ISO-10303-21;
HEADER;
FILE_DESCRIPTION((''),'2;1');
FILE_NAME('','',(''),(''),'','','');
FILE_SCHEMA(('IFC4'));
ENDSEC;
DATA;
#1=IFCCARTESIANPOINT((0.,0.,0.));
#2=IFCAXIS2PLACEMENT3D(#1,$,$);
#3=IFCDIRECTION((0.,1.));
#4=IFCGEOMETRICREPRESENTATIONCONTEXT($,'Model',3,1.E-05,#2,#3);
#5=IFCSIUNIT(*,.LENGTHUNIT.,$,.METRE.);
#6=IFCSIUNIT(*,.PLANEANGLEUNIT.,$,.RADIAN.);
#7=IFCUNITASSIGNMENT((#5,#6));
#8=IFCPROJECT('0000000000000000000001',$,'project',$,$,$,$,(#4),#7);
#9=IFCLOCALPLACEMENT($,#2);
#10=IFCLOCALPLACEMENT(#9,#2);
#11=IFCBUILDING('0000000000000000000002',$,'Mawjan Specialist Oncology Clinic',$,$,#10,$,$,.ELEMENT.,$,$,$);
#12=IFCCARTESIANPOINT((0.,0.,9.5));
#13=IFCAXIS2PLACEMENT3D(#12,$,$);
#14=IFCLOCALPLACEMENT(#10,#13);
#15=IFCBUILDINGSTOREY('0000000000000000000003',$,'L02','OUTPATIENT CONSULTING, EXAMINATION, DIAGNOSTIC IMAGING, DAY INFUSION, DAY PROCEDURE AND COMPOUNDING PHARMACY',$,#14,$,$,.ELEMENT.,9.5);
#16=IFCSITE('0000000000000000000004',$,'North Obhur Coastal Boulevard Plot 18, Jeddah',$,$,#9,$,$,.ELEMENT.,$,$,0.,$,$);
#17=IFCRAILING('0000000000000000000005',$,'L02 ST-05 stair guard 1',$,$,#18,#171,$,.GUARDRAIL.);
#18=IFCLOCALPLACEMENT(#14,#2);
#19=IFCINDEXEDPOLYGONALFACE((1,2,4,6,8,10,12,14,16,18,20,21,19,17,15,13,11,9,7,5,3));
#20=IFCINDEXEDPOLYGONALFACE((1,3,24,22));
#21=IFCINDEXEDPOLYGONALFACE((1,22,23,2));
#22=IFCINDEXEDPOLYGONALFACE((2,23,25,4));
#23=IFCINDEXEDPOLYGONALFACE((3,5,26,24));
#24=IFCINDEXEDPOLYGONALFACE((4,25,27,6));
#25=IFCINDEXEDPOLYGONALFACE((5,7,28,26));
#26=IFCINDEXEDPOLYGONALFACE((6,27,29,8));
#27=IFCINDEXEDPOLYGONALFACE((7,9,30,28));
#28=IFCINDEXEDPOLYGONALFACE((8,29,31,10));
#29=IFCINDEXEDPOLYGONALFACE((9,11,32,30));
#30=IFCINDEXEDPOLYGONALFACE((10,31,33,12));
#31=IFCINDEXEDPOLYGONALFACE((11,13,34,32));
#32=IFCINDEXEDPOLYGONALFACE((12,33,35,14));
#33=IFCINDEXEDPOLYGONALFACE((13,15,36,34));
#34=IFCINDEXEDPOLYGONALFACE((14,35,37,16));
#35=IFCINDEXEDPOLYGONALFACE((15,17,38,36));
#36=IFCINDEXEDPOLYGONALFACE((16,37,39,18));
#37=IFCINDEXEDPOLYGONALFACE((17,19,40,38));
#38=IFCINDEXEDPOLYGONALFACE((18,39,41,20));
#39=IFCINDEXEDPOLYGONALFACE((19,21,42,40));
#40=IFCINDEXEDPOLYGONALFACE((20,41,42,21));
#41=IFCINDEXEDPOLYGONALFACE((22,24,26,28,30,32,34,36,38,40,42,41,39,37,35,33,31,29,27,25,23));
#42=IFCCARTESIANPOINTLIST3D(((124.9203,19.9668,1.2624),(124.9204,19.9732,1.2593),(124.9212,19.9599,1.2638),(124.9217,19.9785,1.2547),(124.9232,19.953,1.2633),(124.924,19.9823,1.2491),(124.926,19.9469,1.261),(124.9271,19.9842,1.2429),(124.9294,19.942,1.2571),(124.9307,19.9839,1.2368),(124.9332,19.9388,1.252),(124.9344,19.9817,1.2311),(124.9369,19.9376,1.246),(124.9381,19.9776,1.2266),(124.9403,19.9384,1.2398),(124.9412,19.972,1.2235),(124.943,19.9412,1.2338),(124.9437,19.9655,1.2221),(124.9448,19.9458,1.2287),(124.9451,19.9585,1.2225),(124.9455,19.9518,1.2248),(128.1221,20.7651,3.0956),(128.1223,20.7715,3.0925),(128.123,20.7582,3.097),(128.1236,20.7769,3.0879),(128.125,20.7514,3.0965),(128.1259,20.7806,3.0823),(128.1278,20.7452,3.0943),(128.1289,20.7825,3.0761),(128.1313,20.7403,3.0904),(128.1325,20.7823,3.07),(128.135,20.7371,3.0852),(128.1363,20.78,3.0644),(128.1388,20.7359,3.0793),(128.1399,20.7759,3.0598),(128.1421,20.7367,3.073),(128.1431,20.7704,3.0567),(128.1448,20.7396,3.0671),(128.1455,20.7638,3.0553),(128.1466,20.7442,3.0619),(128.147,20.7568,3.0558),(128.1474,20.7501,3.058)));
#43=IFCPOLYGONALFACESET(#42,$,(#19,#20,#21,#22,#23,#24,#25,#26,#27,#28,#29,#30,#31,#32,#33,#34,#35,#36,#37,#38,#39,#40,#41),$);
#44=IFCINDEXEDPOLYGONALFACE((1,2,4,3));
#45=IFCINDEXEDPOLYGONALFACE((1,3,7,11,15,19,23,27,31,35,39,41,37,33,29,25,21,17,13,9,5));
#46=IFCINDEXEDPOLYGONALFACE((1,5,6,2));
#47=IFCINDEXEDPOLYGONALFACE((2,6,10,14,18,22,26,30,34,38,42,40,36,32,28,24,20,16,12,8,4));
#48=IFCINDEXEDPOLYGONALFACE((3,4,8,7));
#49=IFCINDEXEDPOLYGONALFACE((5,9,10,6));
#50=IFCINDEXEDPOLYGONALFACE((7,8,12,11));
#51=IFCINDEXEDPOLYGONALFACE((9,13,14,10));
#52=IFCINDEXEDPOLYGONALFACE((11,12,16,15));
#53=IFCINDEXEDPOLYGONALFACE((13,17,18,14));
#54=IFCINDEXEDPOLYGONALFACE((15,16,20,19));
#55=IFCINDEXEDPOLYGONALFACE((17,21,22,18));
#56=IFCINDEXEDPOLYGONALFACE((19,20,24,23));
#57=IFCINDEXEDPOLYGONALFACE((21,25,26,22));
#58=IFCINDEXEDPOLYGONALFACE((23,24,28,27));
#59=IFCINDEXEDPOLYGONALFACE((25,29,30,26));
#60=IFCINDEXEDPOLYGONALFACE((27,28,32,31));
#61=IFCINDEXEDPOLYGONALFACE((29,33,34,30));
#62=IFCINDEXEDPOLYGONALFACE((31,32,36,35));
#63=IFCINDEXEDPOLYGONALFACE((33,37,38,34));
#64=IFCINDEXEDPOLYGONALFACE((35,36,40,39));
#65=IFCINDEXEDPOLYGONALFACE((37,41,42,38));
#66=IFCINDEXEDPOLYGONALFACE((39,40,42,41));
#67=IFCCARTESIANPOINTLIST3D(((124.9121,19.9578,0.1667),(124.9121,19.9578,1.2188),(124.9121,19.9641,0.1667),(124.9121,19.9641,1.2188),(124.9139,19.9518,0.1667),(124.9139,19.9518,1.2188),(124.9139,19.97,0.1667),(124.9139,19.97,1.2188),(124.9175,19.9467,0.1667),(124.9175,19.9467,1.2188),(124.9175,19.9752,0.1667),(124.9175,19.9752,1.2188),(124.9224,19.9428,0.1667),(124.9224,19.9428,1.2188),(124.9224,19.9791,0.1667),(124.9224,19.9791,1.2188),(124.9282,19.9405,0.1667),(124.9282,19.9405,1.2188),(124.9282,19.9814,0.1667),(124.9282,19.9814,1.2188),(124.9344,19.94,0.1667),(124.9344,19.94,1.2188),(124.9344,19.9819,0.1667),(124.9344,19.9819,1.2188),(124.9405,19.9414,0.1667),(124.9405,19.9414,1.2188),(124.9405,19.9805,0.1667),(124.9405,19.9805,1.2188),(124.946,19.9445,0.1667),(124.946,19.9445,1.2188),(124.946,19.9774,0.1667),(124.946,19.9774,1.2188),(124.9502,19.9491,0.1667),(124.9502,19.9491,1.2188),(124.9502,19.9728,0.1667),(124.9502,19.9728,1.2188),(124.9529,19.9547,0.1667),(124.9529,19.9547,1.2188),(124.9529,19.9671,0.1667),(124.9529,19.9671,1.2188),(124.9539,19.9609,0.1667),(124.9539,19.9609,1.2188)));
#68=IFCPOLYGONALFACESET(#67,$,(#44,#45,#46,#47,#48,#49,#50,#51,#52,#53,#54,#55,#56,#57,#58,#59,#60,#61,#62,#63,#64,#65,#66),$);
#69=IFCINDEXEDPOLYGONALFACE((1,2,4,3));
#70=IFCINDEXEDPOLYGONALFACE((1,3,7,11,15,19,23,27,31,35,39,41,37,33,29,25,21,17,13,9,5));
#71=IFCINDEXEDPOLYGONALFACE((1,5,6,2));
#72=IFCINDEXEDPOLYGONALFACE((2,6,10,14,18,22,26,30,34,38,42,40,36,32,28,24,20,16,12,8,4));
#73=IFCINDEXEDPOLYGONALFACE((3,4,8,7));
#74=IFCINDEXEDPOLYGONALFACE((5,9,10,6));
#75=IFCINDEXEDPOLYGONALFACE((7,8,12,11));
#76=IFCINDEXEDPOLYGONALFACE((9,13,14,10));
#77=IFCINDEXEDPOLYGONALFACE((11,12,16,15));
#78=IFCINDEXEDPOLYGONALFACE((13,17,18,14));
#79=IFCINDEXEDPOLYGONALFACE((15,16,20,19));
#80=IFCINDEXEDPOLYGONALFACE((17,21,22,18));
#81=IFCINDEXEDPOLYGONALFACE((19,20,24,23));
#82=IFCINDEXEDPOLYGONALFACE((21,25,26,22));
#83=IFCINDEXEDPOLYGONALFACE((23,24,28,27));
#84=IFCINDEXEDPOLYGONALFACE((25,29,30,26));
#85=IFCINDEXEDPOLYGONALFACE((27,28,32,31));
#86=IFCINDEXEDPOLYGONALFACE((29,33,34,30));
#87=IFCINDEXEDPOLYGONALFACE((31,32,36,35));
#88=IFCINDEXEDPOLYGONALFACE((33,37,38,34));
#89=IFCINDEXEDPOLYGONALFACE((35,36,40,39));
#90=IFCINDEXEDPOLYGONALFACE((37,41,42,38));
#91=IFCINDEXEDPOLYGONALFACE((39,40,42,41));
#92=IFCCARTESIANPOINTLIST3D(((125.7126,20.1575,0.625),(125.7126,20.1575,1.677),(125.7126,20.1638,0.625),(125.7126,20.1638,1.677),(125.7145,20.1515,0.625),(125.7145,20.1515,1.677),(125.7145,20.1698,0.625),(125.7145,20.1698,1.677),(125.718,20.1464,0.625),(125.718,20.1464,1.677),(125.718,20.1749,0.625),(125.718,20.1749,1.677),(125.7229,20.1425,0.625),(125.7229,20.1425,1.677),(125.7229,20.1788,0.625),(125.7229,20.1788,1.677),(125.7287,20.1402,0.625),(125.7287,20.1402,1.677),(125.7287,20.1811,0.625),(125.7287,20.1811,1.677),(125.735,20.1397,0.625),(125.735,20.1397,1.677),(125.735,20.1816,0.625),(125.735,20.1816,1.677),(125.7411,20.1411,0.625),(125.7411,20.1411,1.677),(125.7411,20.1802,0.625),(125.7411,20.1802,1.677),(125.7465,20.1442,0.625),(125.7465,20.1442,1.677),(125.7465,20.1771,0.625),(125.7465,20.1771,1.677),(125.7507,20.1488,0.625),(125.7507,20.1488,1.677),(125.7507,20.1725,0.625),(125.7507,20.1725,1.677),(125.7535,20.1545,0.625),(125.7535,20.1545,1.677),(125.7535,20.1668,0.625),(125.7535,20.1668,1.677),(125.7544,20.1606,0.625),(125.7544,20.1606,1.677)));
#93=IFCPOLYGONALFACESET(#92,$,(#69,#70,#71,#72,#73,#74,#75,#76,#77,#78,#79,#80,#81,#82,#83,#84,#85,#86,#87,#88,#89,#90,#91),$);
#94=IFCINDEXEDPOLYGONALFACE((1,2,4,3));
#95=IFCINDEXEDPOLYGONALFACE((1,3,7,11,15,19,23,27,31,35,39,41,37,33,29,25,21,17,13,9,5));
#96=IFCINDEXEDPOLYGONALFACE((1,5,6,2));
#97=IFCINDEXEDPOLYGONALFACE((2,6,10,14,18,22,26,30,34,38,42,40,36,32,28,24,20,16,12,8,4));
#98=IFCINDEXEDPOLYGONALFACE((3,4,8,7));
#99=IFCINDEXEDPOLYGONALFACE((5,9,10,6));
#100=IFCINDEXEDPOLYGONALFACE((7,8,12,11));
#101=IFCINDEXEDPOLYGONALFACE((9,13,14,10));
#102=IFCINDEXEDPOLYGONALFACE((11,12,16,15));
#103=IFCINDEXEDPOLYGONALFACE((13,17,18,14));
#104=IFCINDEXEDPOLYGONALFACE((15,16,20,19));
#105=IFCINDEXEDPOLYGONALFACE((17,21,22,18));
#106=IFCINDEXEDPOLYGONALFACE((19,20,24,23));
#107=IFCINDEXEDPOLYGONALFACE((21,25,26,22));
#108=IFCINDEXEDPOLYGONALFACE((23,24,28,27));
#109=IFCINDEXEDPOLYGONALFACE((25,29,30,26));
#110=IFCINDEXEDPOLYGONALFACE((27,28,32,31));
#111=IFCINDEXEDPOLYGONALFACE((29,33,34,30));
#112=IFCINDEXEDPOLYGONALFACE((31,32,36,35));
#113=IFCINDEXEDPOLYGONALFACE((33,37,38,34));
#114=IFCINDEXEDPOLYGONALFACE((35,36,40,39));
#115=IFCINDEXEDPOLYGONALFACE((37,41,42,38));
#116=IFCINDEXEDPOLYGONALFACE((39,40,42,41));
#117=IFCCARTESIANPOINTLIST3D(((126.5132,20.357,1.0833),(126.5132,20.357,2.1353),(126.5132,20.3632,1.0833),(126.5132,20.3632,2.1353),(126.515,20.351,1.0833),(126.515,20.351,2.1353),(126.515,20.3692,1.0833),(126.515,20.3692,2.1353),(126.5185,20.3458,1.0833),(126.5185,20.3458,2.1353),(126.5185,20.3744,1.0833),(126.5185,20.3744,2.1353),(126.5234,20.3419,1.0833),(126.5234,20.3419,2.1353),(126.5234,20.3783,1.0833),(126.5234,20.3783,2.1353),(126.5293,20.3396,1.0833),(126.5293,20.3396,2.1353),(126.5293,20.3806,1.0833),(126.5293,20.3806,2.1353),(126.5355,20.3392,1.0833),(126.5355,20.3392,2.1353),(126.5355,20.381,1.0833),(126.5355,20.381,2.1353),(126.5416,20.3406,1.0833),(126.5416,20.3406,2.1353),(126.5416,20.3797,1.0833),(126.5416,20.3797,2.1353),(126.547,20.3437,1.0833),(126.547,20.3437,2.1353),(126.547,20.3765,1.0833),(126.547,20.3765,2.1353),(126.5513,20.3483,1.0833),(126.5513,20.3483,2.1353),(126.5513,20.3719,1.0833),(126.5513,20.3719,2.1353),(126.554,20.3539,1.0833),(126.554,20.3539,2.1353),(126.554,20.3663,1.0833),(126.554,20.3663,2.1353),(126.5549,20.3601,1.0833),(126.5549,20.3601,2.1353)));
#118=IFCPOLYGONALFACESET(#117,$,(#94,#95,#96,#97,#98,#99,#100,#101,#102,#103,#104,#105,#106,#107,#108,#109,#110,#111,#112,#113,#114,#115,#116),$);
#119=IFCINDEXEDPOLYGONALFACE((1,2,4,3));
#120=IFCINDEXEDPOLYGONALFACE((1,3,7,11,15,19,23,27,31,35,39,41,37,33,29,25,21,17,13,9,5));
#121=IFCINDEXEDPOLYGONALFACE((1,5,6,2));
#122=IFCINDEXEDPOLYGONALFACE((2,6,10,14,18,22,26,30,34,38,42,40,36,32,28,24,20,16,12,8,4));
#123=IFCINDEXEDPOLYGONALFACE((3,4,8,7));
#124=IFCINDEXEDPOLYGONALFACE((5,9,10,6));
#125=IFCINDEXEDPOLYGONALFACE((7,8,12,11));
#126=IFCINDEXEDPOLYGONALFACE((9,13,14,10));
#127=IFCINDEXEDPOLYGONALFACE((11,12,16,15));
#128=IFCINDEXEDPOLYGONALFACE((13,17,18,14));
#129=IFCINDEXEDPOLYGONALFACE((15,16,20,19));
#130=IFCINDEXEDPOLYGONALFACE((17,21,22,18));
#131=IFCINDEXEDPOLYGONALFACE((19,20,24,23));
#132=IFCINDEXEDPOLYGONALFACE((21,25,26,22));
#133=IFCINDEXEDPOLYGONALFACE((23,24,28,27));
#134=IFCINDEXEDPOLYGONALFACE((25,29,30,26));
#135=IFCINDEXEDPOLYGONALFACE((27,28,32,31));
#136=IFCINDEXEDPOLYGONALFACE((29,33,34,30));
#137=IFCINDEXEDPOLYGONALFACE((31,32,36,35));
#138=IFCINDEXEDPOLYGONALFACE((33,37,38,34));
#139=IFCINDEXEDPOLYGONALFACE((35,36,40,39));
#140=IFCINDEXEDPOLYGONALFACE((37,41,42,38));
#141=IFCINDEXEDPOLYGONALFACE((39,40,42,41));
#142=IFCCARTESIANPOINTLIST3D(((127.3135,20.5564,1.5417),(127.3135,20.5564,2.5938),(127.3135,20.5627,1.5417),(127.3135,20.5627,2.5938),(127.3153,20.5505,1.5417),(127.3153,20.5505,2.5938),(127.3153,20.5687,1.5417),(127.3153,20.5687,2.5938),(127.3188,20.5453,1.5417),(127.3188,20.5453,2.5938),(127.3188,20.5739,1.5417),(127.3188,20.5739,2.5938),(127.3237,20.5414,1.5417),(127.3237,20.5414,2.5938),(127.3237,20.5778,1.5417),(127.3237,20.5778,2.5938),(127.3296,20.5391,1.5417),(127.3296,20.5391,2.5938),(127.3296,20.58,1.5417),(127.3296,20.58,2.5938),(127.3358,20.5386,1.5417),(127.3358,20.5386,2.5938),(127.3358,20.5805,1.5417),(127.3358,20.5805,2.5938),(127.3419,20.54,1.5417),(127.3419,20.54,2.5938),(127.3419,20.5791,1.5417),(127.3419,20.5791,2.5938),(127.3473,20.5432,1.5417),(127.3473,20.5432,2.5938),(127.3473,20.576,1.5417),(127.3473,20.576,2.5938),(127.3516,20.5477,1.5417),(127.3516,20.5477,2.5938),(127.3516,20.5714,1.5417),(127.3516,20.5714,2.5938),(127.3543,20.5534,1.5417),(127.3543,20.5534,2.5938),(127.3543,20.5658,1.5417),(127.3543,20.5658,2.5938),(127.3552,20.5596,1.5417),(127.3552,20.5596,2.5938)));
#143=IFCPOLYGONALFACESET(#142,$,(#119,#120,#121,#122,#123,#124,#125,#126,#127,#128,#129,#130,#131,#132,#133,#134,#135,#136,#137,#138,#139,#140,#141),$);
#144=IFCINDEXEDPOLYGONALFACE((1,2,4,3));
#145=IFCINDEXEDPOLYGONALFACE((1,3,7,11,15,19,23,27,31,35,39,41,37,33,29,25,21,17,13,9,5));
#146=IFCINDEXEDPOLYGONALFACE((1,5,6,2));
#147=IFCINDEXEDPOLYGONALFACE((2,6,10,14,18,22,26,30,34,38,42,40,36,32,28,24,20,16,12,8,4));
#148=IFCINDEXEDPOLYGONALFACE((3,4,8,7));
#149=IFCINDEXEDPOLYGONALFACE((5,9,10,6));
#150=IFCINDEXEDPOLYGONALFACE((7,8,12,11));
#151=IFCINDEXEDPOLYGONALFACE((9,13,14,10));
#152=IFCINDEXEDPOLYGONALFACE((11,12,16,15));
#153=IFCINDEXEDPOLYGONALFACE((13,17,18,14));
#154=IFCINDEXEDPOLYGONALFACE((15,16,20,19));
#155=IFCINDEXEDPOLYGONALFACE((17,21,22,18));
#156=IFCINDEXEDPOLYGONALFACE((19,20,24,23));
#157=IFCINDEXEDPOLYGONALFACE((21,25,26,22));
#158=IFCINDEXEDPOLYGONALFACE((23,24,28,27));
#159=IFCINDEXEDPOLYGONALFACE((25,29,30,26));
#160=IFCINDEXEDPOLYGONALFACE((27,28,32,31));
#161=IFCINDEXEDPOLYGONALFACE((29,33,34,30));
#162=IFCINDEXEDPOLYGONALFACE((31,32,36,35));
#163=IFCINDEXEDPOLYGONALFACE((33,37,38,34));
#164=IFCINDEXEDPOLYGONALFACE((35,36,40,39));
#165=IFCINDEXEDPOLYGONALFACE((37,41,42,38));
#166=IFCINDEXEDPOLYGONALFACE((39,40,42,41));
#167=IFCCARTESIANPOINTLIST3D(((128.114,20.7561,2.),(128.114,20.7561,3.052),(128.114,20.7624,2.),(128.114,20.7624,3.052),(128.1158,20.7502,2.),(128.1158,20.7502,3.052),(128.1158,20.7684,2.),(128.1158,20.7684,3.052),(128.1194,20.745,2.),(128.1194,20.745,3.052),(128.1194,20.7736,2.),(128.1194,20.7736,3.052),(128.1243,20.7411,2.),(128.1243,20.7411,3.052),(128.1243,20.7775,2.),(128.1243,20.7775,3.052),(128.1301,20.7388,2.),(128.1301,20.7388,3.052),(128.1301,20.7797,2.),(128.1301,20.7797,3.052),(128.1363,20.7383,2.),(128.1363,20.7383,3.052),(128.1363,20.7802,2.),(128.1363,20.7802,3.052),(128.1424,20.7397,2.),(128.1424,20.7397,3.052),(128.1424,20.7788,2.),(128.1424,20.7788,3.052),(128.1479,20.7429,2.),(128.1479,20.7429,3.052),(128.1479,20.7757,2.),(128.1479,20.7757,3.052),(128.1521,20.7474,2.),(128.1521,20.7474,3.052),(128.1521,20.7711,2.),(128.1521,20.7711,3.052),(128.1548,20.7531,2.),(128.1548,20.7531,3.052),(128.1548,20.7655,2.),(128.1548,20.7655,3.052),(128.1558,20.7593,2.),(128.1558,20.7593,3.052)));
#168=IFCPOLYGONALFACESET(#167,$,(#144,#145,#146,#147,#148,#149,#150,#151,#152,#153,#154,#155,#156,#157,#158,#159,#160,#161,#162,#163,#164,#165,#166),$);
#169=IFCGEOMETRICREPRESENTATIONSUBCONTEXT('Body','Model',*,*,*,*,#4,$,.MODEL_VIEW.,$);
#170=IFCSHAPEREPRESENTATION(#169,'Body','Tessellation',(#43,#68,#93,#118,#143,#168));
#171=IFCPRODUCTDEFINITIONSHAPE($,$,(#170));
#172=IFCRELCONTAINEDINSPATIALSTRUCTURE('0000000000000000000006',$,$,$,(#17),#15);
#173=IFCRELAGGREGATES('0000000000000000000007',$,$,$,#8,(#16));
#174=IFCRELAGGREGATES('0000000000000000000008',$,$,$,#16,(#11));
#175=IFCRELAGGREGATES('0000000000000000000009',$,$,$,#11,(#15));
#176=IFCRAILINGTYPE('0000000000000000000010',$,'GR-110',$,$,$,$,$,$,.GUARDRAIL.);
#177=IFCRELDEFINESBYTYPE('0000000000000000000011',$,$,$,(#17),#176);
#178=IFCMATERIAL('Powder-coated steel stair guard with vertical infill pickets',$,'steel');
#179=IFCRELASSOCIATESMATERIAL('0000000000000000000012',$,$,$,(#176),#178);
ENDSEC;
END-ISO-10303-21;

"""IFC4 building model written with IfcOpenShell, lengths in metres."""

from ifc_helpers import new_model, si_unit, direction, frame, origin, origin_2d, place, context, subcontext, project, spatial, circle, extrude, material, type_object, element, save


model = new_model("IFC4")

# Units and contexts
model_context = context("Model", 3, precision=1e-05, world=origin(), true_north=direction((0.0, 1.0)))
body_context = subcontext(model_context, "Body", "Model", "MODEL_VIEW")
ifc_project = project(units=[si_unit("LENGTHUNIT", "METRE"), si_unit("PLANEANGLEUNIT", "RADIAN")], contexts=[model_context])

# Site, building, storey
site_placement = place(None, origin())
site = spatial("IfcSite", under=ifc_project, at=site_placement, Name="North Obhur Coastal Boulevard Plot 18, Jeddah", CompositionType="ELEMENT", RefElevation=0.0)
building_placement = place(site_placement, origin())
building = spatial("IfcBuilding", under=site, at=building_placement, Name="Mawjan Specialist Oncology Clinic", CompositionType="ELEMENT")
storey_placement = place(building_placement, frame((0.0, 0.0, 9.5)))
storey = spatial("IfcBuildingStorey", under=building, at=storey_placement, Name="L02", Description="OUTPATIENT CONSULTING, EXAMINATION, DIAGNOSTIC IMAGING, DAY INFUSION, DAY PROCEDURE AND COMPOUNDING PHARMACY", CompositionType="ELEMENT", Elevation=9.5)

# Railing
ifc_material_1 = material(Name="Powder-coated steel stair guard with vertical infill pickets", Category="steel")
railing_type = type_object("IfcRailingType", Name="GR-110", PredefinedType="GUARDRAIL", material=ifc_material_1)
railing_1_placement = place(storey_placement, frame((124.9329, 19.9609, 0.1667)))
element("IfcRailing", 1, at=railing_1_placement, inside=storey, type_object=railing_type, Name="L02 ST-05 stair guard 1", PredefinedType="GUARDRAIL", context=body_context, shape_type="SweptSolid", body=[
    extrude(circle(Radius=0.0239, at=origin_2d()), frame((0.0, 0.0, 1.0762), z_axis=(0.848195, 0.211483, 0.485634), x_axis=(-0.241926, 0.970295, 0.0)), (0.0, 0.0, 1.0), 3.7749),
    extrude(circle(Radius=0.021, at=origin_2d()), origin(), (0.0, 0.0, 1.0), 1.052),
    extrude(circle(Radius=0.021, at=origin_2d()), frame((0.8005, 0.1997, 0.4583)), (0.0, 0.0, 1.0), 1.052),
    extrude(circle(Radius=0.021, at=origin_2d()), frame((1.6011, 0.3992, 0.9165)), (0.0, 0.0, 1.0), 1.052),
    extrude(circle(Radius=0.021, at=origin_2d()), frame((2.4014, 0.5986, 1.375)), (0.0, 0.0, 1.0), 1.052),
    extrude(circle(Radius=0.021, at=origin_2d()), frame((3.2019, 0.7983, 1.8333)), (0.0, 0.0, 1.0), 1.052),
])

save(model, "model.ifc")
